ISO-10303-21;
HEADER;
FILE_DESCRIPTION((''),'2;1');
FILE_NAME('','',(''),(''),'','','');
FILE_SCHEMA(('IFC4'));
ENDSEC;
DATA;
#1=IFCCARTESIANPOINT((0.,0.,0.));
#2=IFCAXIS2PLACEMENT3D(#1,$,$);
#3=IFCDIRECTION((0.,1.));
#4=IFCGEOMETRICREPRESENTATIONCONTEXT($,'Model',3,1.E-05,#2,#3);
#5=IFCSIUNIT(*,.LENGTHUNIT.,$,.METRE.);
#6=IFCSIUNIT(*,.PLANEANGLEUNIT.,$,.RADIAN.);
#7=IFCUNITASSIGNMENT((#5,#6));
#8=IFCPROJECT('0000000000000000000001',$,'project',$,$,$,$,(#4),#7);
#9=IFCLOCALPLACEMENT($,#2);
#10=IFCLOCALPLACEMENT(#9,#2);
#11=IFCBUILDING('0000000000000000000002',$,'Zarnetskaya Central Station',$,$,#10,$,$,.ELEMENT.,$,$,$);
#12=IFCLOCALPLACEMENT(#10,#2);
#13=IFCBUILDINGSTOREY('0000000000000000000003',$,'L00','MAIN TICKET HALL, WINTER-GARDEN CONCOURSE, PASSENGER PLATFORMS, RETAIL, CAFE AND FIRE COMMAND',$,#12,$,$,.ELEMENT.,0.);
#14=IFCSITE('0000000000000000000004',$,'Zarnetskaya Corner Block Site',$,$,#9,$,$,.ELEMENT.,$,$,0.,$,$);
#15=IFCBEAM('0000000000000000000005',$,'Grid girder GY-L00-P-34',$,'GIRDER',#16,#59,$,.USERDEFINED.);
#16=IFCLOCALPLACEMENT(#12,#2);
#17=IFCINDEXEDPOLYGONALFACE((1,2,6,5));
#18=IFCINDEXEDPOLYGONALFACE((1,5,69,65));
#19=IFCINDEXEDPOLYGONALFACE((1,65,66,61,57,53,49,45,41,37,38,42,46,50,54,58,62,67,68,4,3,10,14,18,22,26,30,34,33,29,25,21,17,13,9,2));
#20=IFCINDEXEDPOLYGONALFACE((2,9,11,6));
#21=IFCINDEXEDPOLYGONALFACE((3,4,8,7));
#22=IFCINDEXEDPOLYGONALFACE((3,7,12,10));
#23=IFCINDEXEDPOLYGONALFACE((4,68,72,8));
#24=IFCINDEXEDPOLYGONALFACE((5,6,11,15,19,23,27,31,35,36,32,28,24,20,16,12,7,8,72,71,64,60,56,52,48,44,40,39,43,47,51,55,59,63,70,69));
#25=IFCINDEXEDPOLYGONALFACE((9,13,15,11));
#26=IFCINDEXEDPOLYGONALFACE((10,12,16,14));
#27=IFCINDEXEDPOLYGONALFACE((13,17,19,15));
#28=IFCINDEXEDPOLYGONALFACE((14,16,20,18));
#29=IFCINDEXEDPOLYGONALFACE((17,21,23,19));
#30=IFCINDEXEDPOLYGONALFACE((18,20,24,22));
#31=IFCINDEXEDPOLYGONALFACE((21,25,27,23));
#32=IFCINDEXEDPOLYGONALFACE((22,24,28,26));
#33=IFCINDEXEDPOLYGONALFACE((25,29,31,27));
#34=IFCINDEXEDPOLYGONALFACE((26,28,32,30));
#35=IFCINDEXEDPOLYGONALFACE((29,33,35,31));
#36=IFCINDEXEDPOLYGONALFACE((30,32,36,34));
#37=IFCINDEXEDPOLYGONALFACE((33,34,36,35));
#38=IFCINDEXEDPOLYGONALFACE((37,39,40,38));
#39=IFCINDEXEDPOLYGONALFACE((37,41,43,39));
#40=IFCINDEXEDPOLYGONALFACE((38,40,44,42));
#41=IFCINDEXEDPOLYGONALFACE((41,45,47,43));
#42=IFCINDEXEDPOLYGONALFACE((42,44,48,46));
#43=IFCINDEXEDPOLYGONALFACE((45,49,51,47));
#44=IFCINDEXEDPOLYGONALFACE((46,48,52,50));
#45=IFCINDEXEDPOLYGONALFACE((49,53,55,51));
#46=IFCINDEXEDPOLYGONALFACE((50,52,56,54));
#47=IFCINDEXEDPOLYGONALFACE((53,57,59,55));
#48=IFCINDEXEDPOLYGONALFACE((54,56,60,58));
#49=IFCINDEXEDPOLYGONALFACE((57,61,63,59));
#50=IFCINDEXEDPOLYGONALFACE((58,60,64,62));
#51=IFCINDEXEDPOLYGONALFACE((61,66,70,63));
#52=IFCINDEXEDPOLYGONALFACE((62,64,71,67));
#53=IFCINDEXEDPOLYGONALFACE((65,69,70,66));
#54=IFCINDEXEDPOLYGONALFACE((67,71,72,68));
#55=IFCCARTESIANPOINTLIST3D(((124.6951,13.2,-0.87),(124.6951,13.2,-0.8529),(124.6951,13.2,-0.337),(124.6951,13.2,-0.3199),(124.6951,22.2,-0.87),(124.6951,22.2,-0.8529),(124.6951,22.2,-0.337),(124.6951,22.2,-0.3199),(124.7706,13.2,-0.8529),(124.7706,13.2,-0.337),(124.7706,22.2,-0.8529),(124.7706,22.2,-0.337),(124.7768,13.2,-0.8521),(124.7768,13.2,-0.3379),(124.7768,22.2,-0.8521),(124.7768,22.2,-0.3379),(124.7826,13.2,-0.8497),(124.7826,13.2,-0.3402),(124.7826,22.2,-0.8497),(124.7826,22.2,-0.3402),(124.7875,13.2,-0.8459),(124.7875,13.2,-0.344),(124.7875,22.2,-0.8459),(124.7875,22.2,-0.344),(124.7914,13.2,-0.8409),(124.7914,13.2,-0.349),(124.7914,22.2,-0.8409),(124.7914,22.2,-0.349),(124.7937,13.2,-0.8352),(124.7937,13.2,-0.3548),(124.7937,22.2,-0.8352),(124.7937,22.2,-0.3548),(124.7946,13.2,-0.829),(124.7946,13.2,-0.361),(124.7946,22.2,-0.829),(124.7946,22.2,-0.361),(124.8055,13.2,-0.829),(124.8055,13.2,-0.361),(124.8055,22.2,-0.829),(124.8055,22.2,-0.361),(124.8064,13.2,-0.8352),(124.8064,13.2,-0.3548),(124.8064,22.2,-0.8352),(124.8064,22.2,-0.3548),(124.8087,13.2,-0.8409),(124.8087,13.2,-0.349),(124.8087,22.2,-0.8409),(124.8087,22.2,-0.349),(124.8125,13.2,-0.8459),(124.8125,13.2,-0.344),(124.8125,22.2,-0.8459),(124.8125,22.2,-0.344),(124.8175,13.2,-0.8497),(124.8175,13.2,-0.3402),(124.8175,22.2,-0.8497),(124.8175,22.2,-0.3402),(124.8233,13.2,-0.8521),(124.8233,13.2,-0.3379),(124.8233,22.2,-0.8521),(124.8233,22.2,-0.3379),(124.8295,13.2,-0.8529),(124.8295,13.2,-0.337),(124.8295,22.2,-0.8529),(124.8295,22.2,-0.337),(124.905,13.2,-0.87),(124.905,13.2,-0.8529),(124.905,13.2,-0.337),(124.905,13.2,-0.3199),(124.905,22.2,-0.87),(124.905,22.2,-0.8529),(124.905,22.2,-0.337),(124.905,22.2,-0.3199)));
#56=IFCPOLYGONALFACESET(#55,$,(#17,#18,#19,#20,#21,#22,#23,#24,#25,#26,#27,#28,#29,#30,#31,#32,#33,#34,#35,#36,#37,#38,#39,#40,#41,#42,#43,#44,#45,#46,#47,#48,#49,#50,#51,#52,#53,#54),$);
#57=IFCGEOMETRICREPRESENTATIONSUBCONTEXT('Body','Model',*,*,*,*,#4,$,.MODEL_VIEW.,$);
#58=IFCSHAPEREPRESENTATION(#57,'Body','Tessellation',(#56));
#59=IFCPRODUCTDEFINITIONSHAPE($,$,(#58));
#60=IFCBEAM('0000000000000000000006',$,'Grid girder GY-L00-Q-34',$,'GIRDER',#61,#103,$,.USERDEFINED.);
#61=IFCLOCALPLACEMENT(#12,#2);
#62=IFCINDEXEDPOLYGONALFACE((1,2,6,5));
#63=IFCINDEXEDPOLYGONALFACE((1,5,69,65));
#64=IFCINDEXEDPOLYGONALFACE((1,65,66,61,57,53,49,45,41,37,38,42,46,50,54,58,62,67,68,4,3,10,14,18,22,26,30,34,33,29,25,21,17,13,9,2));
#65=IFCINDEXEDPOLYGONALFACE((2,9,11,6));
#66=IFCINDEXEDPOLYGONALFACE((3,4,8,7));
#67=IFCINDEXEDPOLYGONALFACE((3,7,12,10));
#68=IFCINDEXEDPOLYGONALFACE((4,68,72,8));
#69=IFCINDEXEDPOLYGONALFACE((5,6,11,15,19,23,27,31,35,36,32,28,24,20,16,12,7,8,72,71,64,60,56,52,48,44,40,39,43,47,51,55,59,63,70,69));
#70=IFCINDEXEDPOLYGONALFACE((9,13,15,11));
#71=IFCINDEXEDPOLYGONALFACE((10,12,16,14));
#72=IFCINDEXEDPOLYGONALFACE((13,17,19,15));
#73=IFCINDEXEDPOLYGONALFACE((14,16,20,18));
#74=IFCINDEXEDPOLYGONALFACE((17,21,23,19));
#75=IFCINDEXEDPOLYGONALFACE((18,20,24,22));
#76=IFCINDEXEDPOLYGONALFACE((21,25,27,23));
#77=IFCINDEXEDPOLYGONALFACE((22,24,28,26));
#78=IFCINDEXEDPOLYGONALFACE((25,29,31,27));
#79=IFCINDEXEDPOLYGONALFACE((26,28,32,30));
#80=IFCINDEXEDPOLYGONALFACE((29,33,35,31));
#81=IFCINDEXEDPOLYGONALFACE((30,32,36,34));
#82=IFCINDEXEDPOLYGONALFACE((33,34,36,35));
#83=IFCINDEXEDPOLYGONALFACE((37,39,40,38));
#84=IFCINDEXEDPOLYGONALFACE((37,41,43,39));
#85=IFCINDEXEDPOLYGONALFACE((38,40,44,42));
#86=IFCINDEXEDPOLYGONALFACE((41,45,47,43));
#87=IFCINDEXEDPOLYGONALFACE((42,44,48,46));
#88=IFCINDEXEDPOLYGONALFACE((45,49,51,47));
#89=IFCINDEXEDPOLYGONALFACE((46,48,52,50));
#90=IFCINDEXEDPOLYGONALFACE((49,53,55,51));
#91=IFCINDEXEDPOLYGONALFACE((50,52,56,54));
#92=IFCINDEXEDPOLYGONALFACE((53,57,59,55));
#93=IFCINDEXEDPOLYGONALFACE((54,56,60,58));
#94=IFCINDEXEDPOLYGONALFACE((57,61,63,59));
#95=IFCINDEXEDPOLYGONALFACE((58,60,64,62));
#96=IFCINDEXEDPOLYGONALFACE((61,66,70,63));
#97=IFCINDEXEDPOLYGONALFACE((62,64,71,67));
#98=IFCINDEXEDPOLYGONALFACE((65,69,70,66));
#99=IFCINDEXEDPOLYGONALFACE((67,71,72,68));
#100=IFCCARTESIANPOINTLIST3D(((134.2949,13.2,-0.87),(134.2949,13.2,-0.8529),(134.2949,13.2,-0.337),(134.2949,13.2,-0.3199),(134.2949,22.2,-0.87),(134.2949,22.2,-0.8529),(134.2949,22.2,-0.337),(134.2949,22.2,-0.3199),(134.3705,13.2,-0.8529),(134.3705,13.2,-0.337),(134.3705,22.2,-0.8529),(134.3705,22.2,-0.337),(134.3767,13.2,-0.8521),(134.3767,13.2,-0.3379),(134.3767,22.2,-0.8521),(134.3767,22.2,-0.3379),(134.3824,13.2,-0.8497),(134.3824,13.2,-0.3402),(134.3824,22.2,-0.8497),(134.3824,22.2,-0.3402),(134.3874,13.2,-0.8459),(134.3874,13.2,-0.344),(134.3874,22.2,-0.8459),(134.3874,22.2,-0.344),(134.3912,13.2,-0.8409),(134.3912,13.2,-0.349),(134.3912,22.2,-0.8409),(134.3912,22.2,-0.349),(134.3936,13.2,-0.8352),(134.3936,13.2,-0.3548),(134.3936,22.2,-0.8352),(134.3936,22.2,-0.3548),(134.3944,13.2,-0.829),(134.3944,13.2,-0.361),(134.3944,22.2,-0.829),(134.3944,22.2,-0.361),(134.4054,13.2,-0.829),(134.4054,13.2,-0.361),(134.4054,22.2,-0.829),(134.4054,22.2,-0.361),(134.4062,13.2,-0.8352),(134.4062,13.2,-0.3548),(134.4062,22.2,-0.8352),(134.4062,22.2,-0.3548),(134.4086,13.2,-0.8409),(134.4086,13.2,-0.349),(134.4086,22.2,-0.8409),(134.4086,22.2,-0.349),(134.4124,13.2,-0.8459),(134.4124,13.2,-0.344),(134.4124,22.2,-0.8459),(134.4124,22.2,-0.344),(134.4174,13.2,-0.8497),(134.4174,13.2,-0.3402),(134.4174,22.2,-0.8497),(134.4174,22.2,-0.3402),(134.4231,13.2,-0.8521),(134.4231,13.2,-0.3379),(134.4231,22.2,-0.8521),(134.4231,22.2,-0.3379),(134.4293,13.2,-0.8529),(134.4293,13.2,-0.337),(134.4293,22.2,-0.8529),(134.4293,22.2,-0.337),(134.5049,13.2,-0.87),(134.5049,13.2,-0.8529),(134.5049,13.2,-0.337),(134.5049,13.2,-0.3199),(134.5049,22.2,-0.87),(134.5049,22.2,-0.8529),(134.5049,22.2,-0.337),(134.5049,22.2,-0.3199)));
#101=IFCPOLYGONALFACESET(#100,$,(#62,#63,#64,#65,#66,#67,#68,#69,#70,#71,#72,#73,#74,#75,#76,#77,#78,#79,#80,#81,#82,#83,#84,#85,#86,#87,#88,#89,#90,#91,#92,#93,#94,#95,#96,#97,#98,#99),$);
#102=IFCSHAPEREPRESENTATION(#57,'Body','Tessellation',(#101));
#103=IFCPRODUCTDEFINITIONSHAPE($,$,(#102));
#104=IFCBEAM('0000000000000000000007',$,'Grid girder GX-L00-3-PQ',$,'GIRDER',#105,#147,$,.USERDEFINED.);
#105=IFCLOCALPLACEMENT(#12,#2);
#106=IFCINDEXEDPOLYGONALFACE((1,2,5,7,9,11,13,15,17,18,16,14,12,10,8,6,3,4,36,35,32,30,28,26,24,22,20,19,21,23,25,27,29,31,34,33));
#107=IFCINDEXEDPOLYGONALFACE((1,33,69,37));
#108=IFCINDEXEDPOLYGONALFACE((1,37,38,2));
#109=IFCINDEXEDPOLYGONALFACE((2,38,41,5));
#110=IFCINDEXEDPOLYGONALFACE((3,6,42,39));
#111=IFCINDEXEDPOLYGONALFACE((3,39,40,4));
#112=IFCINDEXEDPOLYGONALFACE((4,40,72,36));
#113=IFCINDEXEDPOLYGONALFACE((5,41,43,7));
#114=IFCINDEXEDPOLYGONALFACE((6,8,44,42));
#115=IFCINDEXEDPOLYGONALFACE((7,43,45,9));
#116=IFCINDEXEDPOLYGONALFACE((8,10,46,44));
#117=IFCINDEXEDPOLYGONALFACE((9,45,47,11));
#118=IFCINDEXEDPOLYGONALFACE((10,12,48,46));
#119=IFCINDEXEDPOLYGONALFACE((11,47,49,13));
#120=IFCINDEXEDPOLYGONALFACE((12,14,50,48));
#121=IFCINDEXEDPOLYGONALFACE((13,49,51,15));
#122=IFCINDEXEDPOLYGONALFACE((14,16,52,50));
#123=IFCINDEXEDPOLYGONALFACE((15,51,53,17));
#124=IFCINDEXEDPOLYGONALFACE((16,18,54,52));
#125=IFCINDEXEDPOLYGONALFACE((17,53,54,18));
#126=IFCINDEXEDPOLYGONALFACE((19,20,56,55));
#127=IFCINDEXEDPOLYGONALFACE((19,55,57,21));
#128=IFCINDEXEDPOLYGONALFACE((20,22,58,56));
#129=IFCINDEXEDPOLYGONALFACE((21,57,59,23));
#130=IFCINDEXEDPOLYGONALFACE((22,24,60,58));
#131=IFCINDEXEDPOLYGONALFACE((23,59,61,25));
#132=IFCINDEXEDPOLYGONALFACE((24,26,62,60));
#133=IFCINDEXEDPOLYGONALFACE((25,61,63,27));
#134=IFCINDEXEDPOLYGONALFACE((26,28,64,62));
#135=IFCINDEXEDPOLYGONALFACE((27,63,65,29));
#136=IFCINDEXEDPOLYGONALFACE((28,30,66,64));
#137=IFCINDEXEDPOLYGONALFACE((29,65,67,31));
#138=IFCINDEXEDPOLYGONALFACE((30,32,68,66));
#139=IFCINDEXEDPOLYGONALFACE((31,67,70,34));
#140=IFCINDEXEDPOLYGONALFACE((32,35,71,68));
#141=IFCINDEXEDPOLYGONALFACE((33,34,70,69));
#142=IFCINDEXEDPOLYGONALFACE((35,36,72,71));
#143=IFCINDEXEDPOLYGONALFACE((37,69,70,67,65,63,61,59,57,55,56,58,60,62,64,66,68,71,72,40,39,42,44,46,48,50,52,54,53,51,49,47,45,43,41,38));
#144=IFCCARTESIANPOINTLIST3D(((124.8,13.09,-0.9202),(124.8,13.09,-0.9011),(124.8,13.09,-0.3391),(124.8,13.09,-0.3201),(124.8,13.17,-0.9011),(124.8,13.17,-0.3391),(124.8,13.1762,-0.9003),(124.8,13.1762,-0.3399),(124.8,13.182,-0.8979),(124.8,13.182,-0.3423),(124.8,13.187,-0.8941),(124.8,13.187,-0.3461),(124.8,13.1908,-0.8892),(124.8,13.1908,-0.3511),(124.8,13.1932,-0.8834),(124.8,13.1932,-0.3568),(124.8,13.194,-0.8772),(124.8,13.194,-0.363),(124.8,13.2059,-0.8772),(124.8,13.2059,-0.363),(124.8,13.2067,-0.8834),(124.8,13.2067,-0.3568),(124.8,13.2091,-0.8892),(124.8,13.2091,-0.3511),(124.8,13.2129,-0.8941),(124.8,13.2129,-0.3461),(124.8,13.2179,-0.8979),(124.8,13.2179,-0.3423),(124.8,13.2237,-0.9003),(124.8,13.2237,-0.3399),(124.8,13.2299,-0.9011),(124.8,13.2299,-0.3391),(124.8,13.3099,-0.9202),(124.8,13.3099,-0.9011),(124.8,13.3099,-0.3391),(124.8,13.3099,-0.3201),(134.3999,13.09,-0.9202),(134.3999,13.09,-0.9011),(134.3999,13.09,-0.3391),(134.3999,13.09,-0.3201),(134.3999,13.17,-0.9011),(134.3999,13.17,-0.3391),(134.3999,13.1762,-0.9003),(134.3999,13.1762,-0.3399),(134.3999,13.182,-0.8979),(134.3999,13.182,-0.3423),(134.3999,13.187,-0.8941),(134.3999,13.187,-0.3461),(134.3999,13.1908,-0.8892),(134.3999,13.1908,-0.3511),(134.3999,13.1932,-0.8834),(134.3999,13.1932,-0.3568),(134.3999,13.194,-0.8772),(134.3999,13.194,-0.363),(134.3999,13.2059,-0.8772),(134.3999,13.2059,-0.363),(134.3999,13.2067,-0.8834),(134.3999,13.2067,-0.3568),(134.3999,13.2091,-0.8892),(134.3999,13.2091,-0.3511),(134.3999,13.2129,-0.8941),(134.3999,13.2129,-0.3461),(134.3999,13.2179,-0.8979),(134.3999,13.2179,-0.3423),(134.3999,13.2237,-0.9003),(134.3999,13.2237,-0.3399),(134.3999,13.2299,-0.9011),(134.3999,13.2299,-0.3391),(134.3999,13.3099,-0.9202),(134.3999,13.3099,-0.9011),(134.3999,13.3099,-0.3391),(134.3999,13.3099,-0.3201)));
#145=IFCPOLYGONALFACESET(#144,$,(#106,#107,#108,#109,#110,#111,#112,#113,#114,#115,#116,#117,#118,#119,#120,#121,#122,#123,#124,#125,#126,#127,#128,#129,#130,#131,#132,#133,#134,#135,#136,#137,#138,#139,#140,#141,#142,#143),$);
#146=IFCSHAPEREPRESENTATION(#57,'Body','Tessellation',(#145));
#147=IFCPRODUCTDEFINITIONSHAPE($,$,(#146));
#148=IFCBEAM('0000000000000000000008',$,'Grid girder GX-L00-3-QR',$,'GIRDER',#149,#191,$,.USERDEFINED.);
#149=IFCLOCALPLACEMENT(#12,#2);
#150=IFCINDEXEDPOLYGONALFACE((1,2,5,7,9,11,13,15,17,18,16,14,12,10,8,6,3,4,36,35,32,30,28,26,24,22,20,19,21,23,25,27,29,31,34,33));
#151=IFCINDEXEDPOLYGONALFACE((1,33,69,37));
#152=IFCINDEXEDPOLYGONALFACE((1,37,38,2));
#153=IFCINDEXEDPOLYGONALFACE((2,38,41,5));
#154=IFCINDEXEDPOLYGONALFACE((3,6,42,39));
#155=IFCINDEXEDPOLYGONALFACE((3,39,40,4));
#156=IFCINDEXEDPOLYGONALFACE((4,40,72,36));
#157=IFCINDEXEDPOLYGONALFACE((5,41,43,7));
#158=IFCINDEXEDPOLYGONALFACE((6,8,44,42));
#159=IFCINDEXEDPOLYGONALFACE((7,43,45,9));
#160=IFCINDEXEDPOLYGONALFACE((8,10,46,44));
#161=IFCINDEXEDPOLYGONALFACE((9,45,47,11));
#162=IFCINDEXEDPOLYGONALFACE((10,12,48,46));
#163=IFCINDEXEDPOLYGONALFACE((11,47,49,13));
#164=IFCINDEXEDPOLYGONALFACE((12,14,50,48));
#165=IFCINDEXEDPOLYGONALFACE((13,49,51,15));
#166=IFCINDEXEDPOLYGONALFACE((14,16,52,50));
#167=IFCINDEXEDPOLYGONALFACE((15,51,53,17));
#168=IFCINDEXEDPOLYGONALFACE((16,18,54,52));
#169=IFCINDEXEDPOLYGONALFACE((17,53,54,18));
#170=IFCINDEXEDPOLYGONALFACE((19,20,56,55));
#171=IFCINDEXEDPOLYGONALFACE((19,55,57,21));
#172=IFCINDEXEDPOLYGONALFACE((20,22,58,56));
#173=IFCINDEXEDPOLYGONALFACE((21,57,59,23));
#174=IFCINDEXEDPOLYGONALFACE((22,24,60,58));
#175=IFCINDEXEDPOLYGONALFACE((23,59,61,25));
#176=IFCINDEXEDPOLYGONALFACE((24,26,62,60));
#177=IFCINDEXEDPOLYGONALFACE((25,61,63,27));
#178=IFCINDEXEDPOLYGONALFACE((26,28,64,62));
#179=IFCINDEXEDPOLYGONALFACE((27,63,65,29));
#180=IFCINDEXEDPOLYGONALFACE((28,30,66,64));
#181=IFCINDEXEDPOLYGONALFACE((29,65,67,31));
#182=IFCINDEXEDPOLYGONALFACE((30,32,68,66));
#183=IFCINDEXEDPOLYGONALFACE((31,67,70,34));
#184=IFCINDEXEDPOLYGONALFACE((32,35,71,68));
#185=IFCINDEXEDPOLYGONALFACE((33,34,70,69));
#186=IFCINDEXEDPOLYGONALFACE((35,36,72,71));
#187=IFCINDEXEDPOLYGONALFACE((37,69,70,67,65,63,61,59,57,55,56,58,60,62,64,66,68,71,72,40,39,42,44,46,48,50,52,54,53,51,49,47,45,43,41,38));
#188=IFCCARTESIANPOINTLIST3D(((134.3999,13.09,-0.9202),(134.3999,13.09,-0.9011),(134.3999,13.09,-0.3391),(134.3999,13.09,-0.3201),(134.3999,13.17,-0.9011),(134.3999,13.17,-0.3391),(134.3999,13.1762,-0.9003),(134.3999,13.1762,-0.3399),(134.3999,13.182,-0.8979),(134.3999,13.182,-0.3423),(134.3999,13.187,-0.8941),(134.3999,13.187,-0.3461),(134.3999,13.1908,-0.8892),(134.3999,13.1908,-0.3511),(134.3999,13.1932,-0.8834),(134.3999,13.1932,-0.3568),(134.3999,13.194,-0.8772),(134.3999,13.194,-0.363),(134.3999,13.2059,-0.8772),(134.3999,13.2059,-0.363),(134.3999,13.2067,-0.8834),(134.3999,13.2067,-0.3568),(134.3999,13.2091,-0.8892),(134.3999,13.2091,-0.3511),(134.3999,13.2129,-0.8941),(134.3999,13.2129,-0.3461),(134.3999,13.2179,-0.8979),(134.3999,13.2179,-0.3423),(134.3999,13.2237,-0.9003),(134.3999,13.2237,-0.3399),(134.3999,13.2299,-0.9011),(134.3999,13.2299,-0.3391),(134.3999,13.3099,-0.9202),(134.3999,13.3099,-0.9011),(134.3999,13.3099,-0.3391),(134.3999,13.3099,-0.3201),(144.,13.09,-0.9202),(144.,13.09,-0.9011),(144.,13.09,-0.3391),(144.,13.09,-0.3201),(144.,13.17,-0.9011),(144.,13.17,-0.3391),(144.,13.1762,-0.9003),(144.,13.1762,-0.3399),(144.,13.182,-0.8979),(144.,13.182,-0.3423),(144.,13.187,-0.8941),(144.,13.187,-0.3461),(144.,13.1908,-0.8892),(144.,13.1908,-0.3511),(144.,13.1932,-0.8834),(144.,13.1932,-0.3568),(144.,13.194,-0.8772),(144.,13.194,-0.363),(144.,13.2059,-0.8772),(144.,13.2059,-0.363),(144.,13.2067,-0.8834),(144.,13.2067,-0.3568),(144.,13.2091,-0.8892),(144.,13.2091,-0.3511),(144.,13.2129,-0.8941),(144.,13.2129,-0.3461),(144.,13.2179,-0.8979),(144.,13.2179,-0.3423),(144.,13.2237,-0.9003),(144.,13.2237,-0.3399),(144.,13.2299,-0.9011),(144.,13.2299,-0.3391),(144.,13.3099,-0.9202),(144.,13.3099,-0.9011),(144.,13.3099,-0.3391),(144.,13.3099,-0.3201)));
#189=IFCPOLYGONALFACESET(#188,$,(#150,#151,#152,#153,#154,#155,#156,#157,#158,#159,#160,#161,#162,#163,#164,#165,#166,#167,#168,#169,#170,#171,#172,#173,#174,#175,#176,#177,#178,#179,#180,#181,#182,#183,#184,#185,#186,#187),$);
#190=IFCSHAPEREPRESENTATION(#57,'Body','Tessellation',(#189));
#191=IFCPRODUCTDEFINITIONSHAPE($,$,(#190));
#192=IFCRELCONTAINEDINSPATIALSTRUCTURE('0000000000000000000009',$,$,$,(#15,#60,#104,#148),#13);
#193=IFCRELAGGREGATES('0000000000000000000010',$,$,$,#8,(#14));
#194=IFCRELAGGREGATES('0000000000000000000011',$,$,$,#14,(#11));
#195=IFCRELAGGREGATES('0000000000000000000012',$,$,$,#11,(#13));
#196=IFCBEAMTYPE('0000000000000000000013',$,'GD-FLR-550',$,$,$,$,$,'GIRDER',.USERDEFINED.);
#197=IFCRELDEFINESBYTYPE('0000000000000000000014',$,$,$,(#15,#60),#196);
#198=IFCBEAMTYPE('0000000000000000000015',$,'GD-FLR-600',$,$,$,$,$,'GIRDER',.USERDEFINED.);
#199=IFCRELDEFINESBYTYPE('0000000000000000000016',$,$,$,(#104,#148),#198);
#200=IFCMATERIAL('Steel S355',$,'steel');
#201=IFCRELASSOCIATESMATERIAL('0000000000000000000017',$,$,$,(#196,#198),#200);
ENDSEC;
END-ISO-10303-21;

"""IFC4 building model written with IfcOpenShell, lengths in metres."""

from ifc_helpers import new_model, si_unit, direction, frame, origin, origin_2d, place, context, subcontext, project, spatial, i_section, extrude, material, material_profile, profile_set, type_object, element, save


model = new_model("IFC4")

# Units and contexts
model_context = context("Model", 3, precision=1e-05, world=origin(), true_north=direction((0.0, 1.0)))
body_context = subcontext(model_context, "Body", "Model", "MODEL_VIEW")
ifc_project = project(units=[si_unit("LENGTHUNIT", "METRE"), si_unit("PLANEANGLEUNIT", "RADIAN")], contexts=[model_context])

# Site, building, storey
site_placement = place(None, origin())
site = spatial("IfcSite", under=ifc_project, at=site_placement, Name="Zarnetskaya Corner Block Site", CompositionType="ELEMENT", RefElevation=0.0)
building_placement = place(site_placement, origin())
building = spatial("IfcBuilding", under=site, at=building_placement, Name="Zarnetskaya Central Station", CompositionType="ELEMENT")
storey_placement = place(building_placement, origin())
storey = spatial("IfcBuildingStorey", under=building, at=storey_placement, Name="L00", Description="MAIN TICKET HALL, WINTER-GARDEN CONCOURSE, PASSENGER PLATFORMS, RETAIL, CAFE AND FIRE COMMAND", CompositionType="ELEMENT", Elevation=0.0)

# Shared definitions
ifc_material_1 = material(Name="Steel S355", Category="steel")

# Beams
ifc_material_profile_1 = material_profile(ifc_material_1, i_section(OverallWidth=0.21, OverallDepth=0.55, WebThickness=0.011, FlangeThickness=0.0171, FilletRadius=0.0239, at=origin_2d()), Name="IPE 550")
ifc_profile_set_1 = profile_set([ifc_material_profile_1], Name="Steel S355")
beam_type_1 = type_object("IfcBeamType", Name="GD-FLR-550", ElementType="GIRDER", PredefinedType="USERDEFINED", material=ifc_profile_set_1)
for number, where, z_axis, x_axis, name in (
    (1, (124.8, 13.2, -0.595), (0.0, 1.0, 0.0), (-1.0, 0.0, 0.0), "Grid girder GY-L00-P-34"),
    (2, (134.3999, 13.2, -0.595), (0.0, 1.0, 0.0), (-1.0, 0.0, 0.0), "Grid girder GY-L00-Q-34"),
):
    element("IfcBeam", number, at=place(storey_placement, frame(where, z_axis=z_axis, x_axis=x_axis)), inside=storey, type_object=beam_type_1, Name=name, ObjectType="GIRDER", PredefinedType="USERDEFINED", context=body_context, shape_type="SweptSolid", body=[
        extrude(i_section(OverallWidth=0.21, OverallDepth=0.55, WebThickness=0.011, FlangeThickness=0.0171, FilletRadius=0.0239, at=origin_2d()), origin(), (0.0, 0.0, 1.0), 9.0),
    ])
ifc_material_profile_2 = material_profile(ifc_material_1, i_section(OverallWidth=0.22, OverallDepth=0.6001, WebThickness=0.012, FlangeThickness=0.019, FilletRadius=0.0239, at=origin_2d()), Name="IPE 600")
ifc_profile_set_2 = profile_set([ifc_material_profile_2], Name="Steel S355")
beam_type_2 = type_object("IfcBeamType", Name="GD-FLR-600", ElementType="GIRDER", PredefinedType="USERDEFINED", material=ifc_profile_set_2)
beam_1_placement = place(storey_placement, frame((124.8, 13.2, -0.6201), z_axis=(1.0, 0.0, 0.0), x_axis=(0.0, 1.0, 0.0)))
element("IfcBeam", 3, at=beam_1_placement, inside=storey, type_object=beam_type_2, Name="Grid girder GX-L00-3-PQ", ObjectType="GIRDER", PredefinedType="USERDEFINED", context=body_context, shape_type="SweptSolid", body=[
    extrude(i_section(OverallWidth=0.22, OverallDepth=0.6001, WebThickness=0.012, FlangeThickness=0.019, FilletRadius=0.0239, at=origin_2d()), origin(), (0.0, 0.0, 1.0), 9.5999),
])
beam_2_placement = place(storey_placement, frame((134.3999, 13.2, -0.6201), z_axis=(1.0, 0.0, 0.0), x_axis=(0.0, 1.0, 0.0)))
element("IfcBeam", 4, at=beam_2_placement, inside=storey, type_object=beam_type_2, Name="Grid girder GX-L00-3-QR", ObjectType="GIRDER", PredefinedType="USERDEFINED", context=body_context, shape_type="SweptSolid", body=[
    extrude(i_section(OverallWidth=0.22, OverallDepth=0.6001, WebThickness=0.012, FlangeThickness=0.019, FilletRadius=0.0239, at=origin_2d()), origin(), (0.0, 0.0, 1.0), 9.6001),
])

save(model, "model.ifc")
